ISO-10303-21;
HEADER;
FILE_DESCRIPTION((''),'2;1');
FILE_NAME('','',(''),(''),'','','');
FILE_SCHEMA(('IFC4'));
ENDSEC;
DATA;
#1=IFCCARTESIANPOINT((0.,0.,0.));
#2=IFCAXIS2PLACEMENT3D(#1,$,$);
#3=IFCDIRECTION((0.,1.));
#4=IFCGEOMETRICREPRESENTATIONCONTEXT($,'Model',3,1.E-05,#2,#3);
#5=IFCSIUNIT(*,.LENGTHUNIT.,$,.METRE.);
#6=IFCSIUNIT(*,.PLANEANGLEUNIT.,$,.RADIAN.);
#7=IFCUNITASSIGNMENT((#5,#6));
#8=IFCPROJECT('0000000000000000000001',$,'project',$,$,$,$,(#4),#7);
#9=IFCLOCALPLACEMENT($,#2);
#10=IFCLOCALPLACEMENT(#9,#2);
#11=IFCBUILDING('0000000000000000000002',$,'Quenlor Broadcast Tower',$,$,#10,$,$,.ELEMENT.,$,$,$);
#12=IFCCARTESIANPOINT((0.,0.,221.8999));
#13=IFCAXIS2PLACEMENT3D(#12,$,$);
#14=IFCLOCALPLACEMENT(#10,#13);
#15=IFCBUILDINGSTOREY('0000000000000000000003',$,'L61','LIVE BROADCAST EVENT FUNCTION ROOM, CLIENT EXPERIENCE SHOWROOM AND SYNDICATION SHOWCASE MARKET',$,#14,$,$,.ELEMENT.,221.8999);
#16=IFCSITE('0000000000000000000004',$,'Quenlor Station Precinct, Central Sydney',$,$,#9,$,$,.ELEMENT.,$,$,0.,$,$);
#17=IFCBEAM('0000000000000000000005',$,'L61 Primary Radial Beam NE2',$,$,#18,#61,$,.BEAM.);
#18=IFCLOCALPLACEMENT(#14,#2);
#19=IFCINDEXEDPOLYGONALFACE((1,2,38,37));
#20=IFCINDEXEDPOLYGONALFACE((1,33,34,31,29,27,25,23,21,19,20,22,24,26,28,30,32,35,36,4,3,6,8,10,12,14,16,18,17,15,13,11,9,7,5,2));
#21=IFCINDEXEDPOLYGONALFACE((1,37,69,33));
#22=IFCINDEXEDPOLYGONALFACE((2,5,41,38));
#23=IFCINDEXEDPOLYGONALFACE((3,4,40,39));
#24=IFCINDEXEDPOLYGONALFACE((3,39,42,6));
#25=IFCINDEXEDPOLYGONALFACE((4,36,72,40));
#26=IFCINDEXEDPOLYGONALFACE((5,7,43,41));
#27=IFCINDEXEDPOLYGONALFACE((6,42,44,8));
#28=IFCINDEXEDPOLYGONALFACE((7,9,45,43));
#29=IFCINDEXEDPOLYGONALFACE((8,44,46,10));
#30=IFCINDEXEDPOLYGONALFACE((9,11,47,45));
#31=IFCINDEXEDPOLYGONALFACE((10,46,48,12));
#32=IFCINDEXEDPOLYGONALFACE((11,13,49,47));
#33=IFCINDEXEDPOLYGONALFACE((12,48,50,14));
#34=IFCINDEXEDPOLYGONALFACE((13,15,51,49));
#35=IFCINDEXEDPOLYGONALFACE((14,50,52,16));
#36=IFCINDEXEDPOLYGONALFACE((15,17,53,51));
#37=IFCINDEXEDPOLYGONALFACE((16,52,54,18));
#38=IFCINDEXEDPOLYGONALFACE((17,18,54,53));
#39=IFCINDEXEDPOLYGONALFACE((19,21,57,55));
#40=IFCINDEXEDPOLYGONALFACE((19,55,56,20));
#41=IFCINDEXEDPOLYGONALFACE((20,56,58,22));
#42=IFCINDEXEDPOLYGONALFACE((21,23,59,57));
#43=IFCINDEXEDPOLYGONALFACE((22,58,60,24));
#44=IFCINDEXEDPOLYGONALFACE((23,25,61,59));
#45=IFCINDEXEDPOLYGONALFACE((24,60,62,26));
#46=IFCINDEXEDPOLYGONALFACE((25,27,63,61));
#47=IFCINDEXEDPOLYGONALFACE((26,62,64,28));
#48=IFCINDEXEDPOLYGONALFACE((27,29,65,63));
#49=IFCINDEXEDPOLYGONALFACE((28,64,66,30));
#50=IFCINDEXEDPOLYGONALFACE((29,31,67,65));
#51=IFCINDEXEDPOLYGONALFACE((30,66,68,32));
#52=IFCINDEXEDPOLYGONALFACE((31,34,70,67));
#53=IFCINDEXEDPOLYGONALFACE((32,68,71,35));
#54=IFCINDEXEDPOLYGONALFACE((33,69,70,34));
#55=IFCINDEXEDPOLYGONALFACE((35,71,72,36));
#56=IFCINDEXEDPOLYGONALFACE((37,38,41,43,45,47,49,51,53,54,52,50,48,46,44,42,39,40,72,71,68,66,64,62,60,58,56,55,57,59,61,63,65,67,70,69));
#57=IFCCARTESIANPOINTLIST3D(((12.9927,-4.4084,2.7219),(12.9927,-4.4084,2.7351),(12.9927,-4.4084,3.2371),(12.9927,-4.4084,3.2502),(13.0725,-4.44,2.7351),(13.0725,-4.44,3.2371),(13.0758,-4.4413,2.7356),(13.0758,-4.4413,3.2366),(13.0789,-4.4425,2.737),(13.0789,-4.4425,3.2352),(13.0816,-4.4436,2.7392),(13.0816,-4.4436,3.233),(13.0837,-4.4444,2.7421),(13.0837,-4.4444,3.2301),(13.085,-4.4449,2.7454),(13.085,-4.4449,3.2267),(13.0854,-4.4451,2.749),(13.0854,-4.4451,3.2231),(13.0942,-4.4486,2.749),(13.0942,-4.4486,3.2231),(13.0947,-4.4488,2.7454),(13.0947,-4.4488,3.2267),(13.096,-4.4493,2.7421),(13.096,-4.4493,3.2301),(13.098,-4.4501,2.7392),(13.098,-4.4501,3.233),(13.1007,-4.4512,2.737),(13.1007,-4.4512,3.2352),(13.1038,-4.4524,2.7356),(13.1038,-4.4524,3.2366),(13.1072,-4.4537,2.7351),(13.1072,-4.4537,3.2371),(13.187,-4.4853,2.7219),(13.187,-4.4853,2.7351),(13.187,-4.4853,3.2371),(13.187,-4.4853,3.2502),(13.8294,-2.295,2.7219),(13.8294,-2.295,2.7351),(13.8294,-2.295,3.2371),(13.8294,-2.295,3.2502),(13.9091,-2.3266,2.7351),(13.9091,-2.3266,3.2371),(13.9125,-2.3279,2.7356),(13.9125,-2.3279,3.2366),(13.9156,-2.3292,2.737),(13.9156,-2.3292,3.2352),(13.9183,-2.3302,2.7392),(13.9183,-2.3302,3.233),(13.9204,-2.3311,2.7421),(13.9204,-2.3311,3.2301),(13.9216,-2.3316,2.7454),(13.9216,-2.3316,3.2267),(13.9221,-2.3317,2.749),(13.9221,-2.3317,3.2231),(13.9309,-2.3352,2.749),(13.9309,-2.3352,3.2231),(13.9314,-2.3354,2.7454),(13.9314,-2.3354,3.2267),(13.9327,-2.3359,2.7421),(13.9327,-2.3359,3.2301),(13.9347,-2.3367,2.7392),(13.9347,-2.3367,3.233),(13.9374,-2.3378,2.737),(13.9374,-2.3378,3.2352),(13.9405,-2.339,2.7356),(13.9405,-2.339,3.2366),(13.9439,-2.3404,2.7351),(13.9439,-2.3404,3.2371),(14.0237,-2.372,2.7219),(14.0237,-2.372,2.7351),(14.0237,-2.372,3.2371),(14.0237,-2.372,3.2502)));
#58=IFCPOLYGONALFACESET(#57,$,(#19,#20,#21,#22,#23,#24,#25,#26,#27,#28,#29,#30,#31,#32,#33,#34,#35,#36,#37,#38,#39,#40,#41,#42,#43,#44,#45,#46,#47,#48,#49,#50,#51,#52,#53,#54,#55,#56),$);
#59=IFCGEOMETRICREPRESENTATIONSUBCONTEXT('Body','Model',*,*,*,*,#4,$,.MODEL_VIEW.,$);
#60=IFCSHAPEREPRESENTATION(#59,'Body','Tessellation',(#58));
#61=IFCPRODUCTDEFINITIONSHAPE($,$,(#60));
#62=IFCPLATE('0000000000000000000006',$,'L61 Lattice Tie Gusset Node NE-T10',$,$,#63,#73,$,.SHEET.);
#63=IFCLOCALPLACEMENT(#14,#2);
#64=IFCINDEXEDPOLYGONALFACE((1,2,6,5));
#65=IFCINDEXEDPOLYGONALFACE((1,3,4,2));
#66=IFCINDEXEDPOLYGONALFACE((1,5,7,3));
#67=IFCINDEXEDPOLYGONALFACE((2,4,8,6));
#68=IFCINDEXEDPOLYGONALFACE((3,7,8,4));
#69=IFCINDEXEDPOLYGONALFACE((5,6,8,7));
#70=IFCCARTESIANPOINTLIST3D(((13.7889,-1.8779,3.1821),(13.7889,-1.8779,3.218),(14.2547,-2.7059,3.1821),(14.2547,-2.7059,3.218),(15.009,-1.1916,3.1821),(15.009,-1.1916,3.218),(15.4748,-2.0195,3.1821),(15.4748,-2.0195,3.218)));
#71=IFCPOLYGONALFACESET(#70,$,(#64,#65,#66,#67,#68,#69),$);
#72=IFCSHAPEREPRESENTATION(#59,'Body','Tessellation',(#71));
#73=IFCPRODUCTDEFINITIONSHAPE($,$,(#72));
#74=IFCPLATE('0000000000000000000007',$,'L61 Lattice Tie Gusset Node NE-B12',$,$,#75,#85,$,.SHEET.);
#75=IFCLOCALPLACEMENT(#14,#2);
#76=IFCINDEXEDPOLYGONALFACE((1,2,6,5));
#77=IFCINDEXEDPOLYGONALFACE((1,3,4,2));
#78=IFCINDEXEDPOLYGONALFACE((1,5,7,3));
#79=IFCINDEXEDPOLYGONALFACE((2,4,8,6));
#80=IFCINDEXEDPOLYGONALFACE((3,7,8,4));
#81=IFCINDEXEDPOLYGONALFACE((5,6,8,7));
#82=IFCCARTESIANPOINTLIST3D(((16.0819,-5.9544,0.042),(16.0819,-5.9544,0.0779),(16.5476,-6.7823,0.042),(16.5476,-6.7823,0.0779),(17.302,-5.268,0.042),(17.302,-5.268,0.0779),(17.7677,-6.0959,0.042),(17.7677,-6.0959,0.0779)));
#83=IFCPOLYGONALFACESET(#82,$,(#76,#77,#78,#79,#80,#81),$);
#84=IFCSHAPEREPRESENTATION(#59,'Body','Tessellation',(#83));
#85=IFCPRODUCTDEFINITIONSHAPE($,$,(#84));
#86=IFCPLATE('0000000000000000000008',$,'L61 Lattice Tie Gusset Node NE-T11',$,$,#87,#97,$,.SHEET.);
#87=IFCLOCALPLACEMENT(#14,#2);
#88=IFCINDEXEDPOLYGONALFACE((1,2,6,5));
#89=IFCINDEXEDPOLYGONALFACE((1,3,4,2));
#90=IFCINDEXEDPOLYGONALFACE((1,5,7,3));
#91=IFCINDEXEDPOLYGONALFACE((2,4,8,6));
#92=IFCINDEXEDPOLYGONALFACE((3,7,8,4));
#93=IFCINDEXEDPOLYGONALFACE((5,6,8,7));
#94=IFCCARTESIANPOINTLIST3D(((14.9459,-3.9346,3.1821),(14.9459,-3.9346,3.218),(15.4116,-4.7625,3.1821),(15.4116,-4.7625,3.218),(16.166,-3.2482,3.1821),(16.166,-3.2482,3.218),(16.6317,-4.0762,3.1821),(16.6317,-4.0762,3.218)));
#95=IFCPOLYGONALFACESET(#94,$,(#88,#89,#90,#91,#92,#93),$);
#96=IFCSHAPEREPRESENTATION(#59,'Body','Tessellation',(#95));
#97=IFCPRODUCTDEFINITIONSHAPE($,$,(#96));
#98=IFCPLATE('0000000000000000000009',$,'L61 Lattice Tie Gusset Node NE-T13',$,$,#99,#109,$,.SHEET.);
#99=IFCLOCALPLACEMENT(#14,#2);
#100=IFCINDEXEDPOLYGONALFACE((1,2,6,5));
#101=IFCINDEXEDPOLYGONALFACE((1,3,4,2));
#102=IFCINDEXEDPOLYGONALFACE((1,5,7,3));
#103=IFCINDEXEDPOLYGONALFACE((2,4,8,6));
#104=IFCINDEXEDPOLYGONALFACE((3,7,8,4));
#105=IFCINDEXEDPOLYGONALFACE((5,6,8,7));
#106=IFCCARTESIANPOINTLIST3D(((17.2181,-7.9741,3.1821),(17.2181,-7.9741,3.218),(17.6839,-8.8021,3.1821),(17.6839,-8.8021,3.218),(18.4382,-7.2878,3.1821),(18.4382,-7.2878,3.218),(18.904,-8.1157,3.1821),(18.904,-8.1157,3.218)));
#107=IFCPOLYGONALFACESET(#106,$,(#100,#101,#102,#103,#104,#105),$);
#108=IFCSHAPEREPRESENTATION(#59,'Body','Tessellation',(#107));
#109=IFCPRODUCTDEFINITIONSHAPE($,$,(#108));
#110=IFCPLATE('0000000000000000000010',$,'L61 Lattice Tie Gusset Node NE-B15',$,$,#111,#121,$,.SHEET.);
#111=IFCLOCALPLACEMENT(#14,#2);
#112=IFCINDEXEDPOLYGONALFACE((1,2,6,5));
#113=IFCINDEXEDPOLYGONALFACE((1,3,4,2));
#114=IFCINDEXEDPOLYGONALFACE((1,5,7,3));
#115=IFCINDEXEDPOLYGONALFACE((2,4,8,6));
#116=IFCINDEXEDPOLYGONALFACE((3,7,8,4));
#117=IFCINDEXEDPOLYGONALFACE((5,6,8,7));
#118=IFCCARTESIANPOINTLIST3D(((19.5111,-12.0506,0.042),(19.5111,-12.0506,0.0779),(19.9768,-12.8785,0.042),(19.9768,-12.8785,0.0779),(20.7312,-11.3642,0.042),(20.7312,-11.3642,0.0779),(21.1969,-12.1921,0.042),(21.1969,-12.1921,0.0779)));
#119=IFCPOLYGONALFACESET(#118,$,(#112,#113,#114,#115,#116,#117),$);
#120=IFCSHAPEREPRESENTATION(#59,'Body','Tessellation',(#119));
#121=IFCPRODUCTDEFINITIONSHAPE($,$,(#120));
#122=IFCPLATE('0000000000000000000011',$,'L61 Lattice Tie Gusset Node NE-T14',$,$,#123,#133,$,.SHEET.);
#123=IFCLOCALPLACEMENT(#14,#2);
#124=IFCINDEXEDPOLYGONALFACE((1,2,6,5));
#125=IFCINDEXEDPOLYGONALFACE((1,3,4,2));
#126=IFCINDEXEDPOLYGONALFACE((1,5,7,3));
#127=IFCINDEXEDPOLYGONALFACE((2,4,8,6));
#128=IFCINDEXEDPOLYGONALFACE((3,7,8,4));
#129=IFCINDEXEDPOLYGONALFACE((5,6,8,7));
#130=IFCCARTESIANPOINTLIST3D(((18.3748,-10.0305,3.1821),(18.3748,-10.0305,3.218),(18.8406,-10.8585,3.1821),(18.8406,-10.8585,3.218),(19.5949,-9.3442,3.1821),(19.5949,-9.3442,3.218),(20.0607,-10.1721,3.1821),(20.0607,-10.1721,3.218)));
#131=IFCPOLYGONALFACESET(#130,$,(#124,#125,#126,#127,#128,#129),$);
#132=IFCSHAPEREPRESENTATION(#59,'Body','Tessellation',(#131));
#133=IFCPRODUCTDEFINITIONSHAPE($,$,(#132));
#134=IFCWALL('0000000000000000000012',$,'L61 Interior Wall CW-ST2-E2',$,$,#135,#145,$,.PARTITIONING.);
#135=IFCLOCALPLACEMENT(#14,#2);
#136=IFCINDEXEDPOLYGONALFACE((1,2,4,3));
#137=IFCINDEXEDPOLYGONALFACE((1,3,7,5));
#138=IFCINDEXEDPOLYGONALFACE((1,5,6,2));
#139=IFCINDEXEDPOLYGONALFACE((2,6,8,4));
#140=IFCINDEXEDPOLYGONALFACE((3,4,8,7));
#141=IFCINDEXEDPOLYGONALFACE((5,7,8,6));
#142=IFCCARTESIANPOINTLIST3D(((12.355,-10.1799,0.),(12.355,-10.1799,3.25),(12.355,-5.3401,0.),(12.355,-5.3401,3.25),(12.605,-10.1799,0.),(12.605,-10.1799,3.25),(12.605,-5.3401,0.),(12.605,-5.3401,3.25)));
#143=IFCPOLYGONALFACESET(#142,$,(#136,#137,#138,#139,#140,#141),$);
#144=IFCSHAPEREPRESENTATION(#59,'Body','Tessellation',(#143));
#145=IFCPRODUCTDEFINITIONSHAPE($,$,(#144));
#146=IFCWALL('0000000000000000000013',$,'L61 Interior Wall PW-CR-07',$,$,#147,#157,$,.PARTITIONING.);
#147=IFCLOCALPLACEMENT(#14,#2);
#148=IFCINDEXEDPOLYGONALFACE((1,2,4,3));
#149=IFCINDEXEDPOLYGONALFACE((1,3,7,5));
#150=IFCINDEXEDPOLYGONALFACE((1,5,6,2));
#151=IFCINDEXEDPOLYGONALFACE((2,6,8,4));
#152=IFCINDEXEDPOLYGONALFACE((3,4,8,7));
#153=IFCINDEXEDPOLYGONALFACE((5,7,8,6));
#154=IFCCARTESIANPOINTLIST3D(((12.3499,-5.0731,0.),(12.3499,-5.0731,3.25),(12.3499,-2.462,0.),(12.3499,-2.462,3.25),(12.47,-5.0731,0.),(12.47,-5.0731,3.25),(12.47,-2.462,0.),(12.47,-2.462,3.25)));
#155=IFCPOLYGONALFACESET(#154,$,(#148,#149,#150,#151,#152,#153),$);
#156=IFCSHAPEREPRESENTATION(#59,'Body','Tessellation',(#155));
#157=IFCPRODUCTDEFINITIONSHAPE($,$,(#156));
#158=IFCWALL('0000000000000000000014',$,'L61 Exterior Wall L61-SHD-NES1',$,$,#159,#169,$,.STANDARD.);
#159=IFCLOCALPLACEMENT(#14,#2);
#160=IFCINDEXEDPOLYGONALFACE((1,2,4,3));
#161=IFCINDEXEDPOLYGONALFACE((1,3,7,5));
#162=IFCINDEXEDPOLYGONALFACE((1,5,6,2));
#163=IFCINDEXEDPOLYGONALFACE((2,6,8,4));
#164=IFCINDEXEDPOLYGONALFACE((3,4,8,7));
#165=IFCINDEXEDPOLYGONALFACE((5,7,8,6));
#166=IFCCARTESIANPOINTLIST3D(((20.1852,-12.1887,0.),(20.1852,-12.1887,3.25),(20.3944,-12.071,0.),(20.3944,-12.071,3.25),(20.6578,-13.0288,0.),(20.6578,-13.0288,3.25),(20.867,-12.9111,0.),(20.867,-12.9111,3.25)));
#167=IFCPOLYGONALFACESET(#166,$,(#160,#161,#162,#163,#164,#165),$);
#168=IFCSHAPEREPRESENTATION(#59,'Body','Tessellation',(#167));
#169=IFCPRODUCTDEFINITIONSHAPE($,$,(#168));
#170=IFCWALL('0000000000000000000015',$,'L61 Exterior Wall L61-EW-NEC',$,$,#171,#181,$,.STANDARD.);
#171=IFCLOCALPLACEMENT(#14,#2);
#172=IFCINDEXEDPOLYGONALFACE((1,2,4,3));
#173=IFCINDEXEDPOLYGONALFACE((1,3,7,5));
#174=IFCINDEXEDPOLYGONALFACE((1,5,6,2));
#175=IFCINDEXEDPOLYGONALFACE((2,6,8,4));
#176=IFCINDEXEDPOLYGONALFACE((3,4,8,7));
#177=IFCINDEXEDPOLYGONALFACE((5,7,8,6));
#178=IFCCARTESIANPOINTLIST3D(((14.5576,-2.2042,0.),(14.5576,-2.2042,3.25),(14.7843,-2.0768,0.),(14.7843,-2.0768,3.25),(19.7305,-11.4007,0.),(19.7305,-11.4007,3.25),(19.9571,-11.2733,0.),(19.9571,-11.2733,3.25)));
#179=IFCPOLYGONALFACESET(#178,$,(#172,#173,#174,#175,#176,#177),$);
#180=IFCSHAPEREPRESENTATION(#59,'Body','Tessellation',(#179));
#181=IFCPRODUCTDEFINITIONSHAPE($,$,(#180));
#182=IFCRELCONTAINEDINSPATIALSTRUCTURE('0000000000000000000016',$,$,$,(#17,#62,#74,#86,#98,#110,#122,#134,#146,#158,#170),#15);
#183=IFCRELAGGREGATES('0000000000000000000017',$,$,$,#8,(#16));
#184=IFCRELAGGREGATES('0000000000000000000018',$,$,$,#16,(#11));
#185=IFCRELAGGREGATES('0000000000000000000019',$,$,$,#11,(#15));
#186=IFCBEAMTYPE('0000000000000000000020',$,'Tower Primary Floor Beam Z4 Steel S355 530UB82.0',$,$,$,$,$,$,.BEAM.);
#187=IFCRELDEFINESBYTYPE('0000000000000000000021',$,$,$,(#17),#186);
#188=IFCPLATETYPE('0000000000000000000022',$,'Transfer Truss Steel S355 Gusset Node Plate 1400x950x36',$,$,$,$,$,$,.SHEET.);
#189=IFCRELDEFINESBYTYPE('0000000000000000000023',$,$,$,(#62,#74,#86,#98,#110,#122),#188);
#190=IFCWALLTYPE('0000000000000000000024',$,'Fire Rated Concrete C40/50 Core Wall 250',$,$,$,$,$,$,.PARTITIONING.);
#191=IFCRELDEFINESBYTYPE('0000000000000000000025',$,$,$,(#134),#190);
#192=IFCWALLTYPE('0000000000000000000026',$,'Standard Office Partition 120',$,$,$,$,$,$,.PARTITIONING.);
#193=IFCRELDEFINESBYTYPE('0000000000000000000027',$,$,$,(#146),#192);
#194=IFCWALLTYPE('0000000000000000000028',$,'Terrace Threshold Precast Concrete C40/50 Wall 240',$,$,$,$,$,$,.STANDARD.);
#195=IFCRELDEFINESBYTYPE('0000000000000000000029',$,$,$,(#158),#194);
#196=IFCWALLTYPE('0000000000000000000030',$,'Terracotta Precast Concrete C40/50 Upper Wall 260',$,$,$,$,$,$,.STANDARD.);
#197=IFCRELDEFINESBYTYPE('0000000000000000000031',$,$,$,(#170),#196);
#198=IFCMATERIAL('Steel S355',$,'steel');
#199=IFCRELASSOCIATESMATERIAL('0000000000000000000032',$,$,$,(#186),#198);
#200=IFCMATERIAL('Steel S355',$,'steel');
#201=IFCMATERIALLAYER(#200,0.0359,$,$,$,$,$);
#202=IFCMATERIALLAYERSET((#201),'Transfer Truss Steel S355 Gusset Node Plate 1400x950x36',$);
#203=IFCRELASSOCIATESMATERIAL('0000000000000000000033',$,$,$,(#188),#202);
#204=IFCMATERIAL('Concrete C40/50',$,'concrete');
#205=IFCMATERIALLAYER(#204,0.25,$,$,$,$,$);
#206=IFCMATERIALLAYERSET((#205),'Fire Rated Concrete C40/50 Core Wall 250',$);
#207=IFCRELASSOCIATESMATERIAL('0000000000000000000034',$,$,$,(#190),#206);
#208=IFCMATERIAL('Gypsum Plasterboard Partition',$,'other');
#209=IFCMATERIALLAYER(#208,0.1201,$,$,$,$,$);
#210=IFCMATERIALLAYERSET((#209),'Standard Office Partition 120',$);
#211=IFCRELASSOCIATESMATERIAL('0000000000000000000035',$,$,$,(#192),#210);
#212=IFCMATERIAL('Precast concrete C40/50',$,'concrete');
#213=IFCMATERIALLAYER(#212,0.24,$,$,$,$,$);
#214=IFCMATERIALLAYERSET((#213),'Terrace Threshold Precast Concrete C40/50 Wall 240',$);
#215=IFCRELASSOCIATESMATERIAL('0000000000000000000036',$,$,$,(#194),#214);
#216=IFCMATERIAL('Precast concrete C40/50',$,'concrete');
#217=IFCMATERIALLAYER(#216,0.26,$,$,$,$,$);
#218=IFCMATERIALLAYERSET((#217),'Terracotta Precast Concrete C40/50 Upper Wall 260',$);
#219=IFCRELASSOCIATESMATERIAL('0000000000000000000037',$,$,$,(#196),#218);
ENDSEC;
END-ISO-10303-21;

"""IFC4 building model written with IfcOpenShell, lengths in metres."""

from ifc_helpers import new_model, si_unit, direction, frame, frame_2d, origin, origin_2d, place, context, subcontext, project, spatial, rectangle, i_section, extrude, material, layer, layer_set, material_profile, profile_set, type_object, element, save


model = new_model("IFC4")

# Units and contexts
model_context = context("Model", 3, precision=1e-05, world=origin(), true_north=direction((0.0, 1.0)))
body_context = subcontext(model_context, "Body", "Model", "MODEL_VIEW")
ifc_project = project(units=[si_unit("LENGTHUNIT", "METRE"), si_unit("PLANEANGLEUNIT", "RADIAN")], contexts=[model_context])

# Site, building, storey
site_placement = place(None, origin())
site = spatial("IfcSite", under=ifc_project, at=site_placement, Name="Quenlor Station Precinct, Central Sydney", CompositionType="ELEMENT", RefElevation=0.0)
building_placement = place(site_placement, origin())
building = spatial("IfcBuilding", under=site, at=building_placement, Name="Quenlor Broadcast Tower", CompositionType="ELEMENT")
storey_placement = place(building_placement, frame((0.0, 0.0, 221.8999)))
storey = spatial("IfcBuildingStorey", under=building, at=storey_placement, Name="L61", Description="LIVE BROADCAST EVENT FUNCTION ROOM, CLIENT EXPERIENCE SHOWROOM AND SYNDICATION SHOWCASE MARKET", CompositionType="ELEMENT", Elevation=221.8999)

# Beam
ifc_material_1 = material(Name="Steel S355", Category="steel")
ifc_material_profile_1 = material_profile(ifc_material_1, i_section(OverallWidth=0.209, OverallDepth=0.5283, WebThickness=0.0095, FlangeThickness=0.0132, FilletRadius=0.0139, at=origin_2d()))
ifc_profile_set_1 = profile_set([ifc_material_profile_1], Name="Steel S355 530UB82.0")
beam_type_1 = type_object("IfcBeamType", Name="Tower Primary Floor Beam Z4 Steel S355 530UB82.0", PredefinedType="BEAM", material=ifc_profile_set_1)
beam_1_placement = place(storey_placement, frame((13.9265, -2.3335, 2.9861), z_axis=(-0.36811, -0.929782, 0.0), x_axis=(0.929782, -0.36811, 0.0)))
element("IfcBeam", 1, at=beam_1_placement, inside=storey, type_object=beam_type_1, Name="L61 Primary Radial Beam NE2", PredefinedType="BEAM", context=body_context, shape_type="SweptSolid", body=[
    extrude(i_section(OverallWidth=0.209, OverallDepth=0.5283, WebThickness=0.0095, FlangeThickness=0.0132, FilletRadius=0.0139, at=origin_2d()), origin(), (0.0, 0.0, 1.0), 2.2729),
])

# Plates
ifc_material_2 = material(Name="Steel S355", Category="steel")
ifc_layer_1 = layer(ifc_material_2, 0.0359)
ifc_layer_set_1 = layer_set([ifc_layer_1], Name="Transfer Truss Steel S355 Gusset Node Plate 1400x950x36")
plate_type = type_object("IfcPlateType", Name="Transfer Truss Steel S355 Gusset Node Plate 1400x950x36", PredefinedType="SHEET", material=ifc_layer_set_1)
for number, where, z_axis, x_axis, name in (
    (2, (14.6318, -1.9487, 3.1821), (0.0, 0.0, 1.0), (0.871556, 0.490295, 0.0), "L61 Lattice Tie Gusset Node NE-T10"),
    (3, (16.9248, -6.0251, 0.042), (0.0, 0.0, 1.0), (0.871556, 0.490295, 0.0), "L61 Lattice Tie Gusset Node NE-B12"),
    (4, (15.7888, -4.0054, 3.1821), (0.0, 0.0, 1.0), (0.871556, 0.490295, 0.0), "L61 Lattice Tie Gusset Node NE-T11"),
    (5, (18.061, -8.0449, 3.1821), (0.0, 0.0, 1.0), (0.871556, 0.490295, 0.0), "L61 Lattice Tie Gusset Node NE-T13"),
    (6, (20.354, -12.1213, 0.042), (0.0, 0.0, 1.0), (0.871556, 0.490295, 0.0), "L61 Lattice Tie Gusset Node NE-B15"),
    (7, (19.2178, -10.1013, 3.1821), (0.0, 0.0, 1.0), (0.871556, 0.490295, 0.0), "L61 Lattice Tie Gusset Node NE-T14"),
):
    element("IfcPlate", number, at=place(storey_placement, frame(where, z_axis=z_axis, x_axis=x_axis)), inside=storey, type_object=plate_type, Name=name, PredefinedType="SHEET", context=body_context, shape_type="SweptSolid", body=[
        extrude(rectangle(XDim=1.3999, YDim=0.95, at=origin_2d()), origin(), (0.0, 0.0, 1.0), 0.0359),
    ])

# Walls
ifc_material_3 = material(Name="Concrete C40/50", Category="concrete")
ifc_layer_2 = layer(ifc_material_3, 0.25)
ifc_layer_set_2 = layer_set([ifc_layer_2], Name="Fire Rated Concrete C40/50 Core Wall 250")
wall_type_1 = type_object("IfcWallType", Name="Fire Rated Concrete C40/50 Core Wall 250", PredefinedType="PARTITIONING", material=ifc_layer_set_2)
wall_1_placement = place(storey_placement, frame((12.48, -10.1799, 0.0), z_axis=(0.0, 0.0, 1.0), x_axis=(0.0, 1.0, 0.0)))
element("IfcWall", 8, at=wall_1_placement, inside=storey, type_object=wall_type_1, Name="L61 Interior Wall CW-ST2-E2", PredefinedType="PARTITIONING", context=body_context, shape_type="SweptSolid", body=[
    extrude(rectangle(XDim=4.8398, YDim=0.25, at=frame_2d((2.4199, 0.0))), origin(), (0.0, 0.0, 1.0), 3.25),
])
ifc_material_4 = material(Name="Gypsum Plasterboard Partition", Category="other")
ifc_layer_3 = layer(ifc_material_4, 0.1201)
ifc_layer_set_3 = layer_set([ifc_layer_3], Name="Standard Office Partition 120")
wall_type_2 = type_object("IfcWallType", Name="Standard Office Partition 120", PredefinedType="PARTITIONING", material=ifc_layer_set_3)
wall_2_placement = place(storey_placement, frame((12.4099, -2.4619, 0.0), z_axis=(0.0, 0.0, 1.0), x_axis=(0.0, -1.0, 0.0)))
element("IfcWall", 9, at=wall_2_placement, inside=storey, type_object=wall_type_2, Name="L61 Interior Wall PW-CR-07", PredefinedType="PARTITIONING", context=body_context, shape_type="SweptSolid", body=[
    extrude(rectangle(XDim=2.6111, YDim=0.1201, at=frame_2d((1.3057, 0.0))), origin(), (0.0, 0.0, 1.0), 3.25),
])
ifc_material_5 = material(Name="Precast concrete C40/50", Category="concrete")
ifc_layer_4 = layer(ifc_material_5, 0.24)
ifc_layer_set_4 = layer_set([ifc_layer_4], Name="Terrace Threshold Precast Concrete C40/50 Wall 240")
wall_type_3 = type_object("IfcWallType", Name="Terrace Threshold Precast Concrete C40/50 Wall 240", PredefinedType="STANDARD", material=ifc_layer_set_4)
wall_3_placement = place(storey_placement, frame((20.2898, -12.1299, 0.0), z_axis=(0.0, 0.0, 1.0), x_axis=(0.490345, -0.871528, 0.0)))
element("IfcWall", 10, at=wall_3_placement, inside=storey, type_object=wall_type_3, Name="L61 Exterior Wall L61-SHD-NES1", PredefinedType="STANDARD", context=body_context, shape_type="SweptSolid", body=[
    extrude(rectangle(XDim=0.9639, YDim=0.24, at=frame_2d((0.4819, 0.0))), origin(), (0.0, 0.0, 1.0), 3.25),
])
ifc_material_6 = material(Name="Precast concrete C40/50", Category="concrete")
ifc_layer_5 = layer(ifc_material_6, 0.26)
ifc_layer_set_5 = layer_set([ifc_layer_5], Name="Terracotta Precast Concrete C40/50 Upper Wall 260")
wall_type_4 = type_object("IfcWallType", Name="Terracotta Precast Concrete C40/50 Upper Wall 260", PredefinedType="STANDARD", material=ifc_layer_set_5)
wall_4_placement = place(storey_placement, frame((14.6709, -2.1404, 0.0), z_axis=(0.0, 0.0, 1.0), x_axis=(0.490247, -0.871584, 0.0)))
element("IfcWall", 11, at=wall_4_placement, inside=storey, type_object=wall_type_4, Name="L61 Exterior Wall L61-EW-NEC", PredefinedType="STANDARD", context=body_context, shape_type="SweptSolid", body=[
    extrude(rectangle(XDim=10.5515, YDim=0.26, at=frame_2d((5.2759, 0.0))), origin(), (0.0, 0.0, 1.0), 3.25),
])

save(model, "model.ifc")
